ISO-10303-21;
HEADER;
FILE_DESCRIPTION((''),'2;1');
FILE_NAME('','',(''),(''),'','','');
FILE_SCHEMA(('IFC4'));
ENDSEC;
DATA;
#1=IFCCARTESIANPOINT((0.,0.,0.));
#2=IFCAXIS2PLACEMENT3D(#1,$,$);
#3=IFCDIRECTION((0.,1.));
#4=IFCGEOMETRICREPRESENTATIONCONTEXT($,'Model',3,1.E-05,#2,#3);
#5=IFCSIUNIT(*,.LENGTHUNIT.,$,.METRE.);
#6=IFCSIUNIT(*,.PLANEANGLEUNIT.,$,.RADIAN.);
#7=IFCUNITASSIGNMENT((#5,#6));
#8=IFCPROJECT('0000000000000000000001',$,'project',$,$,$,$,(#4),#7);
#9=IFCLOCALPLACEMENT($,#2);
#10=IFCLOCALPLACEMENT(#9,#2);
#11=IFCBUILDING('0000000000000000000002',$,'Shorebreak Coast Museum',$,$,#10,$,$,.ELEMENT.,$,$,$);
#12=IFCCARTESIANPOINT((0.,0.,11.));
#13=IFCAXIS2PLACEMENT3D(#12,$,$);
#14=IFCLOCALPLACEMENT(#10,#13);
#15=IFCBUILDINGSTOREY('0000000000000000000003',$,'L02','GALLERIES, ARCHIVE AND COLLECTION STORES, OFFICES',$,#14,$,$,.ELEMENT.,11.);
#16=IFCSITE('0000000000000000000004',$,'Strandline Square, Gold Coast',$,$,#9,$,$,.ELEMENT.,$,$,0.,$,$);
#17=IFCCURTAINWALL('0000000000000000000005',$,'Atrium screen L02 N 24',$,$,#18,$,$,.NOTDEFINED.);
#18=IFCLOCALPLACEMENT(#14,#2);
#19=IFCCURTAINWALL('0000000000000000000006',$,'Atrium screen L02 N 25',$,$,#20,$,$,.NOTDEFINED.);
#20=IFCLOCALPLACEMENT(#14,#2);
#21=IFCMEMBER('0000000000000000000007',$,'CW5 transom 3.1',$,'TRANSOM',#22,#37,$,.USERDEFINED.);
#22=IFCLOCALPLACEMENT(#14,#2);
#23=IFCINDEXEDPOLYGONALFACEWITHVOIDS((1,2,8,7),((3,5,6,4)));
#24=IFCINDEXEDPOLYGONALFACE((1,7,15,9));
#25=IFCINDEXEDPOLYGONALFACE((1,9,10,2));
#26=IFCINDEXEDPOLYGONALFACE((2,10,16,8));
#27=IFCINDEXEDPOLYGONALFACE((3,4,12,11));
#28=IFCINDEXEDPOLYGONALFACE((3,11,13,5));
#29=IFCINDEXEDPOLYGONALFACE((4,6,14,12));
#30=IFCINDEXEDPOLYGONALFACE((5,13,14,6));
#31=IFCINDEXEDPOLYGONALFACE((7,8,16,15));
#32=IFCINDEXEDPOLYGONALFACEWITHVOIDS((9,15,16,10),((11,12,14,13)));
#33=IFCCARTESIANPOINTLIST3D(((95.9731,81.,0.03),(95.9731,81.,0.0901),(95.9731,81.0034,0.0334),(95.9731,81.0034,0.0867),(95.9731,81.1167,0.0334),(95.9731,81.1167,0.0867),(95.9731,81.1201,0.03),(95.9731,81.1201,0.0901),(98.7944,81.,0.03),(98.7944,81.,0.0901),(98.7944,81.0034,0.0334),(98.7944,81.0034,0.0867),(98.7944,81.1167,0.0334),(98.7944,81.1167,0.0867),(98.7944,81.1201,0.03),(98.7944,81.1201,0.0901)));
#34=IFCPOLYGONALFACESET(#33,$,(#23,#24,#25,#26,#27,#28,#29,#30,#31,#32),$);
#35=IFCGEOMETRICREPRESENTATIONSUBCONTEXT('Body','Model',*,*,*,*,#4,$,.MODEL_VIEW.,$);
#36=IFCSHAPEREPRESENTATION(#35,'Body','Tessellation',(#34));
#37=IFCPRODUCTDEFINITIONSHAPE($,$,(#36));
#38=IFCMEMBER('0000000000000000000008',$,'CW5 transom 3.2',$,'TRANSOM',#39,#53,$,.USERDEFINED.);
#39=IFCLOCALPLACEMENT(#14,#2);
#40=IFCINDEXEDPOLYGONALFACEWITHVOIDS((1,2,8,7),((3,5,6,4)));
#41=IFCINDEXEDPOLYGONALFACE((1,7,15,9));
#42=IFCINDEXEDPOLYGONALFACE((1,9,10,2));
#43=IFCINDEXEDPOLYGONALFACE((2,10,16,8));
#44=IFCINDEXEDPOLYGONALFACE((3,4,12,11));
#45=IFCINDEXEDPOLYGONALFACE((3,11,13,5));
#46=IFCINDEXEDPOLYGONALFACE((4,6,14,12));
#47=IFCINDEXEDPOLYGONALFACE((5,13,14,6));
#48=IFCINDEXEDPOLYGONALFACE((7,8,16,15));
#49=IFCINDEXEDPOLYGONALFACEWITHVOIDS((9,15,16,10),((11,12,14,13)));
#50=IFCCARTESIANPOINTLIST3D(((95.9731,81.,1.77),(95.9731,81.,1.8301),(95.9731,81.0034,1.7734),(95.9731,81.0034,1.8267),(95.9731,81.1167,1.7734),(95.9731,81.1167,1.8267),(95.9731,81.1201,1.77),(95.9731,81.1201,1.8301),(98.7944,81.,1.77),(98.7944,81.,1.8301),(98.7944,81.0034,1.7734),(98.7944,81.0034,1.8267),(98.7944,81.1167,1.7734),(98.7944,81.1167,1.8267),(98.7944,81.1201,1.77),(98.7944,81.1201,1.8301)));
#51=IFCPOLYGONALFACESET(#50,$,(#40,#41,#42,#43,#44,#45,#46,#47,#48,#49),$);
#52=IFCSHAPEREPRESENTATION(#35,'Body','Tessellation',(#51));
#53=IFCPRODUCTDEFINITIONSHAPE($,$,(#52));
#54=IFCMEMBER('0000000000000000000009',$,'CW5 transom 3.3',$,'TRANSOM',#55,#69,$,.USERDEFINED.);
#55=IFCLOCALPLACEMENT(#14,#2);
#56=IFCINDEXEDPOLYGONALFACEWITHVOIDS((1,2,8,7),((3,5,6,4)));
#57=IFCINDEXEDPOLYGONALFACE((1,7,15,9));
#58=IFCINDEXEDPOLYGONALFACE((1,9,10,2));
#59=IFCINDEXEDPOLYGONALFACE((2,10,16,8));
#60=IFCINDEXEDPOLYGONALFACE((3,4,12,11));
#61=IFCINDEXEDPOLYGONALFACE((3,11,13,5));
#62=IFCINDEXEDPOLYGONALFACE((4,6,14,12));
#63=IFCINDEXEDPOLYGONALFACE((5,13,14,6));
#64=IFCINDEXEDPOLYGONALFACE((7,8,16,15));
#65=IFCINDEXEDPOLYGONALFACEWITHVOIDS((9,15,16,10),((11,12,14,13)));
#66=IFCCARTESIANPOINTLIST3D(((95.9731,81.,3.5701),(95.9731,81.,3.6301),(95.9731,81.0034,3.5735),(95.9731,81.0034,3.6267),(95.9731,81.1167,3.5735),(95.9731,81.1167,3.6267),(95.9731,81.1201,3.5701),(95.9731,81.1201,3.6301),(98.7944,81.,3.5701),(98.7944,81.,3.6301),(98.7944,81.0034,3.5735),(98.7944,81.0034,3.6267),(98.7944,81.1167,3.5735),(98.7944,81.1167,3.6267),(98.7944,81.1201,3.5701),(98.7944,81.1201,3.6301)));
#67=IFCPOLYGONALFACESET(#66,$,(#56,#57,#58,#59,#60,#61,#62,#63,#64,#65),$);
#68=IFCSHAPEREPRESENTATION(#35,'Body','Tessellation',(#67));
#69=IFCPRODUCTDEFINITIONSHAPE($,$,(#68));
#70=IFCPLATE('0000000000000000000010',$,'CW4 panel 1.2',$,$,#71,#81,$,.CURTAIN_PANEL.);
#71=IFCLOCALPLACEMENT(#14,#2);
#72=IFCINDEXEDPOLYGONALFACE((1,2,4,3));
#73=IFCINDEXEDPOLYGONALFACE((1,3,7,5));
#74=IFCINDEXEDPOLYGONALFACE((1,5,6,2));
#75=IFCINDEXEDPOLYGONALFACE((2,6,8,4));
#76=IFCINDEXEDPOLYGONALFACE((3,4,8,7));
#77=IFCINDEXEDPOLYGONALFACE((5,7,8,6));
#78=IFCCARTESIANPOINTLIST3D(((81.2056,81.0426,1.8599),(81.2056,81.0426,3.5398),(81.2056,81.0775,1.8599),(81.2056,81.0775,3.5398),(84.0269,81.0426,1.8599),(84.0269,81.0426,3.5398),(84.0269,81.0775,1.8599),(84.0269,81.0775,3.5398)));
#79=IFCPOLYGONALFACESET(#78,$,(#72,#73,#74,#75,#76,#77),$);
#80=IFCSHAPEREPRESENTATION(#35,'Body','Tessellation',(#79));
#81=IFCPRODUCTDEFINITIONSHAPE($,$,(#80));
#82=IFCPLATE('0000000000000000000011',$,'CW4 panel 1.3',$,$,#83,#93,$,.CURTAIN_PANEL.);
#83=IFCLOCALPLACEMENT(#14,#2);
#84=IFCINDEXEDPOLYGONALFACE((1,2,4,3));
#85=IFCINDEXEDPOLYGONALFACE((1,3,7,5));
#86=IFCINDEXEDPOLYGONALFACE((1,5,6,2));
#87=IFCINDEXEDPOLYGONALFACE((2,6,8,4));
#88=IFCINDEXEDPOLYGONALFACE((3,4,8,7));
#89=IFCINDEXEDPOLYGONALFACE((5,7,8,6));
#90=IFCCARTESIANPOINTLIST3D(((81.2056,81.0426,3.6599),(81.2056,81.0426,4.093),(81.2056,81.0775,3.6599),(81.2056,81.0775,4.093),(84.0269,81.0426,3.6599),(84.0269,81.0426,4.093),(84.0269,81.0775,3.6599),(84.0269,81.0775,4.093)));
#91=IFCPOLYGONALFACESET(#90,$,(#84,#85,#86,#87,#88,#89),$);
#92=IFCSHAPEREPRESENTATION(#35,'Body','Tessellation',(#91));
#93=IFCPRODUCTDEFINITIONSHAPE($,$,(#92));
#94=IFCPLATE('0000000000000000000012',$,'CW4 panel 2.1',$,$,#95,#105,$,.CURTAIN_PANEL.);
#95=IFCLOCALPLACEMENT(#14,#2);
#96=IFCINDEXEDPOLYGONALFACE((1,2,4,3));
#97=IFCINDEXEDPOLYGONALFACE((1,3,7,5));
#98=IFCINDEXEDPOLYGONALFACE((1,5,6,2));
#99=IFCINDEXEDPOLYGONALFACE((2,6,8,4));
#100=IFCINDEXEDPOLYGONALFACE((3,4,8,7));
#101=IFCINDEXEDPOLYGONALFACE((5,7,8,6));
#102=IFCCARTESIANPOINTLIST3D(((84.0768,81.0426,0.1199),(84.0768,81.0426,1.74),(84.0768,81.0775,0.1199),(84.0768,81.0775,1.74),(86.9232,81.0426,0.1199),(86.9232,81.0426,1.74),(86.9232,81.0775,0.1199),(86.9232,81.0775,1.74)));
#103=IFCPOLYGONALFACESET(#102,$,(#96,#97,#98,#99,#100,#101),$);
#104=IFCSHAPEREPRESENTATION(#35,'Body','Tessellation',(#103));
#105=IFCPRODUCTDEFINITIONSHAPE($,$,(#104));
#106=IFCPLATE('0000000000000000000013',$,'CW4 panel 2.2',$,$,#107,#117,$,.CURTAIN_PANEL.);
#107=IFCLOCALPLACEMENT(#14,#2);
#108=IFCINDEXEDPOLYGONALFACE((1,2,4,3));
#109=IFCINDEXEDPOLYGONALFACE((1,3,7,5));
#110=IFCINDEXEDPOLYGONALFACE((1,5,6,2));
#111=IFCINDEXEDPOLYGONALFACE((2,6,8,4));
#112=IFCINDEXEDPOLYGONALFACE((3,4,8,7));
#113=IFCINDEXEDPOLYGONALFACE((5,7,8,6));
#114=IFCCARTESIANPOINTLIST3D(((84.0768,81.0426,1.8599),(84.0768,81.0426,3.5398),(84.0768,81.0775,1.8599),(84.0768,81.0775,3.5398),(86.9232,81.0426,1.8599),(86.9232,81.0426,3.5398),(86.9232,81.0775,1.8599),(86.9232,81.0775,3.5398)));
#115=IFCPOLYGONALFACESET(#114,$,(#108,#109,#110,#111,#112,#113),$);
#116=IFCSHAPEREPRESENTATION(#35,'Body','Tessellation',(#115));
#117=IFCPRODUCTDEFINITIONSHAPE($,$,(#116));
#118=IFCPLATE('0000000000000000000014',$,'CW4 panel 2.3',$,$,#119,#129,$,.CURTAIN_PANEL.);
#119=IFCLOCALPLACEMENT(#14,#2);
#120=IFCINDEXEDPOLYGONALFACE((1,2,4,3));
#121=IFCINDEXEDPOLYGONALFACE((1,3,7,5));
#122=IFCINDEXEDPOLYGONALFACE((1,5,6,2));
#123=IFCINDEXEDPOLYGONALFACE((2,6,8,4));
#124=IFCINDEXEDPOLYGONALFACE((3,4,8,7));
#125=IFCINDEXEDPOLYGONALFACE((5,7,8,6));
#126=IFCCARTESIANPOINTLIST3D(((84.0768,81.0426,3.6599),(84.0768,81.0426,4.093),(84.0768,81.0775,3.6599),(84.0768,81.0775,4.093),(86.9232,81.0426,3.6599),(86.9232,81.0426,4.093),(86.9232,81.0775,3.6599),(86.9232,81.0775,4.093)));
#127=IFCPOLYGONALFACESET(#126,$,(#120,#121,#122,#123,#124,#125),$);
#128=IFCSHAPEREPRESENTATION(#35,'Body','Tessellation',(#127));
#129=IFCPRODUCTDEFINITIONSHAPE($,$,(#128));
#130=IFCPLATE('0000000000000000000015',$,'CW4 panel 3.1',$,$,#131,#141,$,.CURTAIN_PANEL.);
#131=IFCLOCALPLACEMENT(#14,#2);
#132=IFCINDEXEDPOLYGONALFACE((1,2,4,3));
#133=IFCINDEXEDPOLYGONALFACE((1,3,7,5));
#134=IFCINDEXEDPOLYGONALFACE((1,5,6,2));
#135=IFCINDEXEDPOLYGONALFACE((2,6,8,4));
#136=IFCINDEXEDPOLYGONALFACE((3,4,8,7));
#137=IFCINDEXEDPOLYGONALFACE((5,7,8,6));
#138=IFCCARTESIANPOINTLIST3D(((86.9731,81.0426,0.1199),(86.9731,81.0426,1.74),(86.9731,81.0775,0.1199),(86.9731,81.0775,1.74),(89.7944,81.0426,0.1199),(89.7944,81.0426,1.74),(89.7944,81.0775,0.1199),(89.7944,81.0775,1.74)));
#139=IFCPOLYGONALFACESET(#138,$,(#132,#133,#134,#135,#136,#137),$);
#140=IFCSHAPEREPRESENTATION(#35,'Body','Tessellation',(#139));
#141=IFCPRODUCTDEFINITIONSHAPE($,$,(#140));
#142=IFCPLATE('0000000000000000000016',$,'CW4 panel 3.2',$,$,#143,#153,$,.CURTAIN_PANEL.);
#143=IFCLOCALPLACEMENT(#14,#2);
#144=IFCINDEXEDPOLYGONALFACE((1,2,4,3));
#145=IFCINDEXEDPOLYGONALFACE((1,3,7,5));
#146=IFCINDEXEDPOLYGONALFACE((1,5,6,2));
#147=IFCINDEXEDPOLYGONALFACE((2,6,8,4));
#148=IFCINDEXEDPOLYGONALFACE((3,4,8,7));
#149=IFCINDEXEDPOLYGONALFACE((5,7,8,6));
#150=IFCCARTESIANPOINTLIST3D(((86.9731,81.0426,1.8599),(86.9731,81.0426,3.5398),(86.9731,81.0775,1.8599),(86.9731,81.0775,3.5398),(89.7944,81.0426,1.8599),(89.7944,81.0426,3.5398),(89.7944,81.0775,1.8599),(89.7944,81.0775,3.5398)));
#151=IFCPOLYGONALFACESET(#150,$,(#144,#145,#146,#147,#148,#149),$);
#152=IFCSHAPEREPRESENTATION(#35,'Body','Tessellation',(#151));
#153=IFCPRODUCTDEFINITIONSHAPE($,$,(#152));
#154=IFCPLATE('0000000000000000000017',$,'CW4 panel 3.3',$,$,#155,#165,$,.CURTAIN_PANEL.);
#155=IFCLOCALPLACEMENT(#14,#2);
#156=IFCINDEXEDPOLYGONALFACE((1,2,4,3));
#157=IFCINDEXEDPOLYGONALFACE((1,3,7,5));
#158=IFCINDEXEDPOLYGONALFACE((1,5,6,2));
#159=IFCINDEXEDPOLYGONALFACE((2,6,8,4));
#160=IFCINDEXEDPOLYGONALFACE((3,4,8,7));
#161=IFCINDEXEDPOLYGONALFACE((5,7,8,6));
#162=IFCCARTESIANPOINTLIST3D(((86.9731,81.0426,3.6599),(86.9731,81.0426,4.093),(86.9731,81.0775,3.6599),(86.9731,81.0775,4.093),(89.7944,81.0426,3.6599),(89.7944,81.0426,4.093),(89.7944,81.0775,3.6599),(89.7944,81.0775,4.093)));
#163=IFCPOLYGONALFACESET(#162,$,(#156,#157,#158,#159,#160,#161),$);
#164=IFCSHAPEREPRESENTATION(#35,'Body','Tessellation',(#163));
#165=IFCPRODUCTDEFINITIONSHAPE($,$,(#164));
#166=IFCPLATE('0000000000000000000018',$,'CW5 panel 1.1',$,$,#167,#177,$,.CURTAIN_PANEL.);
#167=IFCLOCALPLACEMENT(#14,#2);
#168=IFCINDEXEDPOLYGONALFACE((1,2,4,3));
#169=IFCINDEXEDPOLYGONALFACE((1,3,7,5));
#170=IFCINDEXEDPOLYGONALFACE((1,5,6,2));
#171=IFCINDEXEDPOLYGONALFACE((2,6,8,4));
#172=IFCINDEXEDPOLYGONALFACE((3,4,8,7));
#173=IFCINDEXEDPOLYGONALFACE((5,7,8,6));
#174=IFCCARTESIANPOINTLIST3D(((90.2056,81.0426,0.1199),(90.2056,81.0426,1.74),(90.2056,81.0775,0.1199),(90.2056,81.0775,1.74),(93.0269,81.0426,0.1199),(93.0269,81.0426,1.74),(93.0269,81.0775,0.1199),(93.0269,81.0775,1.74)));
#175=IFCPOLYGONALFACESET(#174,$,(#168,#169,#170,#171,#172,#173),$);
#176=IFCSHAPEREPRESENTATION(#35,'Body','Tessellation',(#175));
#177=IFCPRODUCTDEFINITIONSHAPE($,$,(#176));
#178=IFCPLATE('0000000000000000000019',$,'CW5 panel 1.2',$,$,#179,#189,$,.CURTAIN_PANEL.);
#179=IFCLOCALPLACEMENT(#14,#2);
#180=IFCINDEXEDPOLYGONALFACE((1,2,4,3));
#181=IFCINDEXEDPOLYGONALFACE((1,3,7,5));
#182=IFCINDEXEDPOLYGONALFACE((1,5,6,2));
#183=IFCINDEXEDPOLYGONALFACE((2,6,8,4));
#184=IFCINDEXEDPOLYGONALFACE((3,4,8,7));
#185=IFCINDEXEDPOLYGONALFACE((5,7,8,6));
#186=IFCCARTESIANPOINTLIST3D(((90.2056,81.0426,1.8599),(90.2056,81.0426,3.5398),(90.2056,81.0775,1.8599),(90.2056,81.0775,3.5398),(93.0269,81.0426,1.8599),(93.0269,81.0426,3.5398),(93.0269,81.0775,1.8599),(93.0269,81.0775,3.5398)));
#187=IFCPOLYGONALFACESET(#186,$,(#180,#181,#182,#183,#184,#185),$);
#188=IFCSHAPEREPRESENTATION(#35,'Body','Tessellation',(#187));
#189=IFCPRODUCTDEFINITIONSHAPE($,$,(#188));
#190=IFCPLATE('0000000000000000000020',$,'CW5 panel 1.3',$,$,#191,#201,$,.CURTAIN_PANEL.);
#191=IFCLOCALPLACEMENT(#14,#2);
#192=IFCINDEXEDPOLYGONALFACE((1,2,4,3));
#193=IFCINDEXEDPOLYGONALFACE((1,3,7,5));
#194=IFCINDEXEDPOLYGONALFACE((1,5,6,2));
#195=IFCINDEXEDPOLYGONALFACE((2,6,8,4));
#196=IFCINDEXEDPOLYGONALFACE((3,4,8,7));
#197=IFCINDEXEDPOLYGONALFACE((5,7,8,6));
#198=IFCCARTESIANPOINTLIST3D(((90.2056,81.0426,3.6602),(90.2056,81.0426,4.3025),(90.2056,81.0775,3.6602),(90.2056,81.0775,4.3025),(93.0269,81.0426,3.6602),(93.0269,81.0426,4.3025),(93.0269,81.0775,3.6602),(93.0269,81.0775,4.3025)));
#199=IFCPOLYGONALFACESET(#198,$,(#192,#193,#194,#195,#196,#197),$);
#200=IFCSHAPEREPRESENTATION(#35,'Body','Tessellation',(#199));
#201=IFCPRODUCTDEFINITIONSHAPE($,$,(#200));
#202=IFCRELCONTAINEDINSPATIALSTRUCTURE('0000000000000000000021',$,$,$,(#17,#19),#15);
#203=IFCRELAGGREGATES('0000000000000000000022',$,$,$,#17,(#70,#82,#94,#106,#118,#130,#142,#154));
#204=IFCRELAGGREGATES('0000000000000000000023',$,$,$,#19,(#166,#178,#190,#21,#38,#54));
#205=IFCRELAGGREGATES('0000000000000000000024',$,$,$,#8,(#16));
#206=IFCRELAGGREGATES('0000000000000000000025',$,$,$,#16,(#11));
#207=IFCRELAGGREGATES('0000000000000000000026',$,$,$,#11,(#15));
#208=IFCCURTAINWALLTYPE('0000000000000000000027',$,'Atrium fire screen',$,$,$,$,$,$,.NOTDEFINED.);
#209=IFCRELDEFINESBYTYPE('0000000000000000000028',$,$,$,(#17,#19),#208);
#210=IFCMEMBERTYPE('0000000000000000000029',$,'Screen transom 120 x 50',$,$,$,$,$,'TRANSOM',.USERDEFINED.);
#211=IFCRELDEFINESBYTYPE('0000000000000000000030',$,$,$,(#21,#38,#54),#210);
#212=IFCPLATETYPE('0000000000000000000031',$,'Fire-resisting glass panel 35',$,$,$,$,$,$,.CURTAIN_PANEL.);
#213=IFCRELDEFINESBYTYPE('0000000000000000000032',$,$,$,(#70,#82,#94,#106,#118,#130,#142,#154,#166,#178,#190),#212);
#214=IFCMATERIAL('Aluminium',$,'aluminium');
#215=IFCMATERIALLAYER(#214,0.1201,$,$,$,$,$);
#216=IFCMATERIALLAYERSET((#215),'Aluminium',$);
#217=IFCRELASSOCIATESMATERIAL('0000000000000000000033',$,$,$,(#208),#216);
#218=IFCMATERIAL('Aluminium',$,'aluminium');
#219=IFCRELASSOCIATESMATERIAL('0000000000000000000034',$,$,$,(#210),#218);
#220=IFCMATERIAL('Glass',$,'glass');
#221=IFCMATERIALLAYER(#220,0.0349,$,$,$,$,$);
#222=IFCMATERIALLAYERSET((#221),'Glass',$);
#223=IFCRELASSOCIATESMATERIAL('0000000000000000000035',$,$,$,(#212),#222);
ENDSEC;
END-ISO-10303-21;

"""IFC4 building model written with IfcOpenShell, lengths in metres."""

from ifc_helpers import new_model, si_unit, direction, frame, origin, origin_2d, place, context, subcontext, project, spatial, rectangle, hollow_rectangle, extrude, material, layer, layer_set, material_profile, profile_set, type_object, element, aggregate, save


model = new_model("IFC4")

# Units and contexts
model_context = context("Model", 3, precision=1e-05, world=origin(), true_north=direction((0.0, 1.0)))
body_context = subcontext(model_context, "Body", "Model", "MODEL_VIEW")
ifc_project = project(units=[si_unit("LENGTHUNIT", "METRE"), si_unit("PLANEANGLEUNIT", "RADIAN")], contexts=[model_context])

# Site, building, storey
site_placement = place(None, origin())
site = spatial("IfcSite", under=ifc_project, at=site_placement, Name="Strandline Square, Gold Coast", CompositionType="ELEMENT", RefElevation=0.0)
building_placement = place(site_placement, origin())
building = spatial("IfcBuilding", under=site, at=building_placement, Name="Shorebreak Coast Museum", CompositionType="ELEMENT")
storey_placement = place(building_placement, frame((0.0, 0.0, 11.0)))
storey = spatial("IfcBuildingStorey", under=building, at=storey_placement, Name="L02", Description="GALLERIES, ARCHIVE AND COLLECTION STORES, OFFICES", CompositionType="ELEMENT", Elevation=11.0)

# Curtain walls
ifc_material_1 = material(Name="Aluminium", Category="aluminium")
ifc_layer_1 = layer(ifc_material_1, 0.1201)
ifc_layer_set_1 = layer_set([ifc_layer_1], Name="Aluminium")
curtain_wall_type = type_object("IfcCurtainWallType", Name="Atrium fire screen", PredefinedType="NOTDEFINED", material=ifc_layer_set_1)
curtain_wall_1_placement = place(storey_placement, origin())
curtain_wall_1 = element("IfcCurtainWall", 1, at=curtain_wall_1_placement, inside=storey, type_object=curtain_wall_type, Name="Atrium screen L02 N 24", PredefinedType="NOTDEFINED")
curtain_wall_2_placement = place(storey_placement, origin())
curtain_wall_2 = element("IfcCurtainWall", 2, at=curtain_wall_2_placement, inside=storey, type_object=curtain_wall_type, Name="Atrium screen L02 N 25", PredefinedType="NOTDEFINED")

# Members
ifc_material_2 = material(Name="Aluminium", Category="aluminium")
ifc_material_profile_1 = material_profile(ifc_material_2, hollow_rectangle(XDim=0.1201, YDim=0.0601, WallThickness=0.0034, at=origin_2d()), Name="AL 60x120 RHS")
ifc_profile_set_1 = profile_set([ifc_material_profile_1], Name="Aluminium")
member_type_1 = type_object("IfcMemberType", Name="Screen transom 120 x 50", ElementType="TRANSOM", PredefinedType="USERDEFINED", material=ifc_profile_set_1)
member_1_placement = place(storey_placement, frame((95.9731, 81.0601, 0.0601), z_axis=(1.0, 0.0, 0.0), x_axis=(0.0, 1.0, 0.0)))
member_1 = element("IfcMember", 3, at=member_1_placement, type_object=member_type_1, Name="CW5 transom 3.1", ObjectType="TRANSOM", PredefinedType="USERDEFINED", context=body_context, shape_type="SweptSolid", body=[
    extrude(hollow_rectangle(XDim=0.1201, YDim=0.0601, WallThickness=0.0034, at=origin_2d()), origin(), (0.0, 0.0, 1.0), 2.8213),
])
member_2_placement = place(storey_placement, frame((95.9731, 81.0601, 1.8), z_axis=(1.0, 0.0, 0.0), x_axis=(0.0, 1.0, 0.0)))
member_2 = element("IfcMember", 4, at=member_2_placement, type_object=member_type_1, Name="CW5 transom 3.2", ObjectType="TRANSOM", PredefinedType="USERDEFINED", context=body_context, shape_type="SweptSolid", body=[
    extrude(hollow_rectangle(XDim=0.1201, YDim=0.0601, WallThickness=0.0034, at=origin_2d()), origin(), (0.0, 0.0, 1.0), 2.8213),
])
member_3_placement = place(storey_placement, frame((95.9731, 81.0601, 3.6001), z_axis=(1.0, 0.0, 0.0), x_axis=(0.0, 1.0, 0.0)))
member_3 = element("IfcMember", 5, at=member_3_placement, type_object=member_type_1, Name="CW5 transom 3.3", ObjectType="TRANSOM", PredefinedType="USERDEFINED", context=body_context, shape_type="SweptSolid", body=[
    extrude(hollow_rectangle(XDim=0.1201, YDim=0.0601, WallThickness=0.0034, at=origin_2d()), origin(), (0.0, 0.0, 1.0), 2.8213),
])

# Plates
ifc_material_3 = material(Name="Glass", Category="glass")
ifc_layer_2 = layer(ifc_material_3, 0.0349)
ifc_layer_set_2 = layer_set([ifc_layer_2], Name="Glass")
plate_type = type_object("IfcPlateType", Name="Fire-resisting glass panel 35", PredefinedType="CURTAIN_PANEL", material=ifc_layer_set_2)
plate_1_placement = place(storey_placement, frame((82.6162, 81.0601, 1.8599), z_axis=(0.0, 0.0, 1.0), x_axis=(1.0, 0.0, 0.0)))
plate_1 = element("IfcPlate", 6, at=plate_1_placement, type_object=plate_type, Name="CW4 panel 1.2", PredefinedType="CURTAIN_PANEL", context=body_context, shape_type="SweptSolid", body=[
    extrude(rectangle(XDim=2.8213, YDim=0.0349, at=origin_2d()), origin(), (0.0, 0.0, 1.0), 1.6799),
])
plate_2_placement = place(storey_placement, frame((82.6162, 81.0601, 3.6599), z_axis=(0.0, 0.0, 1.0), x_axis=(1.0, 0.0, 0.0)))
plate_2 = element("IfcPlate", 7, at=plate_2_placement, type_object=plate_type, Name="CW4 panel 1.3", PredefinedType="CURTAIN_PANEL", context=body_context, shape_type="SweptSolid", body=[
    extrude(rectangle(XDim=2.8213, YDim=0.0349, at=origin_2d()), origin(), (0.0, 0.0, 1.0), 0.4331),
])
plate_3_placement = place(storey_placement, frame((85.5, 81.0601, 0.1199), z_axis=(0.0, 0.0, 1.0), x_axis=(1.0, 0.0, 0.0)))
plate_3 = element("IfcPlate", 8, at=plate_3_placement, type_object=plate_type, Name="CW4 panel 2.1", PredefinedType="CURTAIN_PANEL", context=body_context, shape_type="SweptSolid", body=[
    extrude(rectangle(XDim=2.8464, YDim=0.0349, at=origin_2d()), origin(), (0.0, 0.0, 1.0), 1.6201),
])
plate_4_placement = place(storey_placement, frame((85.5, 81.0601, 1.8599), z_axis=(0.0, 0.0, 1.0), x_axis=(1.0, 0.0, 0.0)))
plate_4 = element("IfcPlate", 9, at=plate_4_placement, type_object=plate_type, Name="CW4 panel 2.2", PredefinedType="CURTAIN_PANEL", context=body_context, shape_type="SweptSolid", body=[
    extrude(rectangle(XDim=2.8464, YDim=0.0349, at=origin_2d()), origin(), (0.0, 0.0, 1.0), 1.6799),
])
plate_5_placement = place(storey_placement, frame((85.5, 81.0601, 3.6599), z_axis=(0.0, 0.0, 1.0), x_axis=(1.0, 0.0, 0.0)))
plate_5 = element("IfcPlate", 10, at=plate_5_placement, type_object=plate_type, Name="CW4 panel 2.3", PredefinedType="CURTAIN_PANEL", context=body_context, shape_type="SweptSolid", body=[
    extrude(rectangle(XDim=2.8464, YDim=0.0349, at=origin_2d()), origin(), (0.0, 0.0, 1.0), 0.4331),
])
plate_6_placement = place(storey_placement, frame((88.3838, 81.0601, 0.1199), z_axis=(0.0, 0.0, 1.0), x_axis=(1.0, 0.0, 0.0)))
plate_6 = element("IfcPlate", 11, at=plate_6_placement, type_object=plate_type, Name="CW4 panel 3.1", PredefinedType="CURTAIN_PANEL", context=body_context, shape_type="SweptSolid", body=[
    extrude(rectangle(XDim=2.8213, YDim=0.0349, at=origin_2d()), origin(), (0.0, 0.0, 1.0), 1.6201),
])
plate_7_placement = place(storey_placement, frame((88.3838, 81.0601, 1.8599), z_axis=(0.0, 0.0, 1.0), x_axis=(1.0, 0.0, 0.0)))
plate_7 = element("IfcPlate", 12, at=plate_7_placement, type_object=plate_type, Name="CW4 panel 3.2", PredefinedType="CURTAIN_PANEL", context=body_context, shape_type="SweptSolid", body=[
    extrude(rectangle(XDim=2.8213, YDim=0.0349, at=origin_2d()), origin(), (0.0, 0.0, 1.0), 1.6799),
])
plate_8_placement = place(storey_placement, frame((88.3838, 81.0601, 3.6599), z_axis=(0.0, 0.0, 1.0), x_axis=(1.0, 0.0, 0.0)))
plate_8 = element("IfcPlate", 13, at=plate_8_placement, type_object=plate_type, Name="CW4 panel 3.3", PredefinedType="CURTAIN_PANEL", context=body_context, shape_type="SweptSolid", body=[
    extrude(rectangle(XDim=2.8213, YDim=0.0349, at=origin_2d()), origin(), (0.0, 0.0, 1.0), 0.4331),
])
aggregate(curtain_wall_1, [plate_1, plate_2, plate_3, plate_4, plate_5, plate_6, plate_7, plate_8])
plate_9_placement = place(storey_placement, frame((91.6162, 81.0601, 0.1199), z_axis=(0.0, 0.0, 1.0), x_axis=(1.0, 0.0, 0.0)))
plate_9 = element("IfcPlate", 14, at=plate_9_placement, type_object=plate_type, Name="CW5 panel 1.1", PredefinedType="CURTAIN_PANEL", context=body_context, shape_type="SweptSolid", body=[
    extrude(rectangle(XDim=2.8213, YDim=0.0349, at=origin_2d()), origin(), (0.0, 0.0, 1.0), 1.6201),
])
plate_10_placement = place(storey_placement, frame((91.6162, 81.0601, 1.8599), z_axis=(0.0, 0.0, 1.0), x_axis=(1.0, 0.0, 0.0)))
plate_10 = element("IfcPlate", 15, at=plate_10_placement, type_object=plate_type, Name="CW5 panel 1.2", PredefinedType="CURTAIN_PANEL", context=body_context, shape_type="SweptSolid", body=[
    extrude(rectangle(XDim=2.8213, YDim=0.0349, at=origin_2d()), origin(), (0.0, 0.0, 1.0), 1.6799),
])
plate_11_placement = place(storey_placement, frame((91.6162, 81.0601, 3.6602), z_axis=(0.0, 0.0, 1.0), x_axis=(1.0, 0.0, 0.0)))
plate_11 = element("IfcPlate", 16, at=plate_11_placement, type_object=plate_type, Name="CW5 panel 1.3", PredefinedType="CURTAIN_PANEL", context=body_context, shape_type="SweptSolid", body=[
    extrude(rectangle(XDim=2.8213, YDim=0.0349, at=origin_2d()), origin(), (0.0, 0.0, 1.0), 0.6423),
])
aggregate(curtain_wall_2, [plate_9, plate_10, plate_11, member_1, member_2, member_3])

save(model, "model.ifc")
